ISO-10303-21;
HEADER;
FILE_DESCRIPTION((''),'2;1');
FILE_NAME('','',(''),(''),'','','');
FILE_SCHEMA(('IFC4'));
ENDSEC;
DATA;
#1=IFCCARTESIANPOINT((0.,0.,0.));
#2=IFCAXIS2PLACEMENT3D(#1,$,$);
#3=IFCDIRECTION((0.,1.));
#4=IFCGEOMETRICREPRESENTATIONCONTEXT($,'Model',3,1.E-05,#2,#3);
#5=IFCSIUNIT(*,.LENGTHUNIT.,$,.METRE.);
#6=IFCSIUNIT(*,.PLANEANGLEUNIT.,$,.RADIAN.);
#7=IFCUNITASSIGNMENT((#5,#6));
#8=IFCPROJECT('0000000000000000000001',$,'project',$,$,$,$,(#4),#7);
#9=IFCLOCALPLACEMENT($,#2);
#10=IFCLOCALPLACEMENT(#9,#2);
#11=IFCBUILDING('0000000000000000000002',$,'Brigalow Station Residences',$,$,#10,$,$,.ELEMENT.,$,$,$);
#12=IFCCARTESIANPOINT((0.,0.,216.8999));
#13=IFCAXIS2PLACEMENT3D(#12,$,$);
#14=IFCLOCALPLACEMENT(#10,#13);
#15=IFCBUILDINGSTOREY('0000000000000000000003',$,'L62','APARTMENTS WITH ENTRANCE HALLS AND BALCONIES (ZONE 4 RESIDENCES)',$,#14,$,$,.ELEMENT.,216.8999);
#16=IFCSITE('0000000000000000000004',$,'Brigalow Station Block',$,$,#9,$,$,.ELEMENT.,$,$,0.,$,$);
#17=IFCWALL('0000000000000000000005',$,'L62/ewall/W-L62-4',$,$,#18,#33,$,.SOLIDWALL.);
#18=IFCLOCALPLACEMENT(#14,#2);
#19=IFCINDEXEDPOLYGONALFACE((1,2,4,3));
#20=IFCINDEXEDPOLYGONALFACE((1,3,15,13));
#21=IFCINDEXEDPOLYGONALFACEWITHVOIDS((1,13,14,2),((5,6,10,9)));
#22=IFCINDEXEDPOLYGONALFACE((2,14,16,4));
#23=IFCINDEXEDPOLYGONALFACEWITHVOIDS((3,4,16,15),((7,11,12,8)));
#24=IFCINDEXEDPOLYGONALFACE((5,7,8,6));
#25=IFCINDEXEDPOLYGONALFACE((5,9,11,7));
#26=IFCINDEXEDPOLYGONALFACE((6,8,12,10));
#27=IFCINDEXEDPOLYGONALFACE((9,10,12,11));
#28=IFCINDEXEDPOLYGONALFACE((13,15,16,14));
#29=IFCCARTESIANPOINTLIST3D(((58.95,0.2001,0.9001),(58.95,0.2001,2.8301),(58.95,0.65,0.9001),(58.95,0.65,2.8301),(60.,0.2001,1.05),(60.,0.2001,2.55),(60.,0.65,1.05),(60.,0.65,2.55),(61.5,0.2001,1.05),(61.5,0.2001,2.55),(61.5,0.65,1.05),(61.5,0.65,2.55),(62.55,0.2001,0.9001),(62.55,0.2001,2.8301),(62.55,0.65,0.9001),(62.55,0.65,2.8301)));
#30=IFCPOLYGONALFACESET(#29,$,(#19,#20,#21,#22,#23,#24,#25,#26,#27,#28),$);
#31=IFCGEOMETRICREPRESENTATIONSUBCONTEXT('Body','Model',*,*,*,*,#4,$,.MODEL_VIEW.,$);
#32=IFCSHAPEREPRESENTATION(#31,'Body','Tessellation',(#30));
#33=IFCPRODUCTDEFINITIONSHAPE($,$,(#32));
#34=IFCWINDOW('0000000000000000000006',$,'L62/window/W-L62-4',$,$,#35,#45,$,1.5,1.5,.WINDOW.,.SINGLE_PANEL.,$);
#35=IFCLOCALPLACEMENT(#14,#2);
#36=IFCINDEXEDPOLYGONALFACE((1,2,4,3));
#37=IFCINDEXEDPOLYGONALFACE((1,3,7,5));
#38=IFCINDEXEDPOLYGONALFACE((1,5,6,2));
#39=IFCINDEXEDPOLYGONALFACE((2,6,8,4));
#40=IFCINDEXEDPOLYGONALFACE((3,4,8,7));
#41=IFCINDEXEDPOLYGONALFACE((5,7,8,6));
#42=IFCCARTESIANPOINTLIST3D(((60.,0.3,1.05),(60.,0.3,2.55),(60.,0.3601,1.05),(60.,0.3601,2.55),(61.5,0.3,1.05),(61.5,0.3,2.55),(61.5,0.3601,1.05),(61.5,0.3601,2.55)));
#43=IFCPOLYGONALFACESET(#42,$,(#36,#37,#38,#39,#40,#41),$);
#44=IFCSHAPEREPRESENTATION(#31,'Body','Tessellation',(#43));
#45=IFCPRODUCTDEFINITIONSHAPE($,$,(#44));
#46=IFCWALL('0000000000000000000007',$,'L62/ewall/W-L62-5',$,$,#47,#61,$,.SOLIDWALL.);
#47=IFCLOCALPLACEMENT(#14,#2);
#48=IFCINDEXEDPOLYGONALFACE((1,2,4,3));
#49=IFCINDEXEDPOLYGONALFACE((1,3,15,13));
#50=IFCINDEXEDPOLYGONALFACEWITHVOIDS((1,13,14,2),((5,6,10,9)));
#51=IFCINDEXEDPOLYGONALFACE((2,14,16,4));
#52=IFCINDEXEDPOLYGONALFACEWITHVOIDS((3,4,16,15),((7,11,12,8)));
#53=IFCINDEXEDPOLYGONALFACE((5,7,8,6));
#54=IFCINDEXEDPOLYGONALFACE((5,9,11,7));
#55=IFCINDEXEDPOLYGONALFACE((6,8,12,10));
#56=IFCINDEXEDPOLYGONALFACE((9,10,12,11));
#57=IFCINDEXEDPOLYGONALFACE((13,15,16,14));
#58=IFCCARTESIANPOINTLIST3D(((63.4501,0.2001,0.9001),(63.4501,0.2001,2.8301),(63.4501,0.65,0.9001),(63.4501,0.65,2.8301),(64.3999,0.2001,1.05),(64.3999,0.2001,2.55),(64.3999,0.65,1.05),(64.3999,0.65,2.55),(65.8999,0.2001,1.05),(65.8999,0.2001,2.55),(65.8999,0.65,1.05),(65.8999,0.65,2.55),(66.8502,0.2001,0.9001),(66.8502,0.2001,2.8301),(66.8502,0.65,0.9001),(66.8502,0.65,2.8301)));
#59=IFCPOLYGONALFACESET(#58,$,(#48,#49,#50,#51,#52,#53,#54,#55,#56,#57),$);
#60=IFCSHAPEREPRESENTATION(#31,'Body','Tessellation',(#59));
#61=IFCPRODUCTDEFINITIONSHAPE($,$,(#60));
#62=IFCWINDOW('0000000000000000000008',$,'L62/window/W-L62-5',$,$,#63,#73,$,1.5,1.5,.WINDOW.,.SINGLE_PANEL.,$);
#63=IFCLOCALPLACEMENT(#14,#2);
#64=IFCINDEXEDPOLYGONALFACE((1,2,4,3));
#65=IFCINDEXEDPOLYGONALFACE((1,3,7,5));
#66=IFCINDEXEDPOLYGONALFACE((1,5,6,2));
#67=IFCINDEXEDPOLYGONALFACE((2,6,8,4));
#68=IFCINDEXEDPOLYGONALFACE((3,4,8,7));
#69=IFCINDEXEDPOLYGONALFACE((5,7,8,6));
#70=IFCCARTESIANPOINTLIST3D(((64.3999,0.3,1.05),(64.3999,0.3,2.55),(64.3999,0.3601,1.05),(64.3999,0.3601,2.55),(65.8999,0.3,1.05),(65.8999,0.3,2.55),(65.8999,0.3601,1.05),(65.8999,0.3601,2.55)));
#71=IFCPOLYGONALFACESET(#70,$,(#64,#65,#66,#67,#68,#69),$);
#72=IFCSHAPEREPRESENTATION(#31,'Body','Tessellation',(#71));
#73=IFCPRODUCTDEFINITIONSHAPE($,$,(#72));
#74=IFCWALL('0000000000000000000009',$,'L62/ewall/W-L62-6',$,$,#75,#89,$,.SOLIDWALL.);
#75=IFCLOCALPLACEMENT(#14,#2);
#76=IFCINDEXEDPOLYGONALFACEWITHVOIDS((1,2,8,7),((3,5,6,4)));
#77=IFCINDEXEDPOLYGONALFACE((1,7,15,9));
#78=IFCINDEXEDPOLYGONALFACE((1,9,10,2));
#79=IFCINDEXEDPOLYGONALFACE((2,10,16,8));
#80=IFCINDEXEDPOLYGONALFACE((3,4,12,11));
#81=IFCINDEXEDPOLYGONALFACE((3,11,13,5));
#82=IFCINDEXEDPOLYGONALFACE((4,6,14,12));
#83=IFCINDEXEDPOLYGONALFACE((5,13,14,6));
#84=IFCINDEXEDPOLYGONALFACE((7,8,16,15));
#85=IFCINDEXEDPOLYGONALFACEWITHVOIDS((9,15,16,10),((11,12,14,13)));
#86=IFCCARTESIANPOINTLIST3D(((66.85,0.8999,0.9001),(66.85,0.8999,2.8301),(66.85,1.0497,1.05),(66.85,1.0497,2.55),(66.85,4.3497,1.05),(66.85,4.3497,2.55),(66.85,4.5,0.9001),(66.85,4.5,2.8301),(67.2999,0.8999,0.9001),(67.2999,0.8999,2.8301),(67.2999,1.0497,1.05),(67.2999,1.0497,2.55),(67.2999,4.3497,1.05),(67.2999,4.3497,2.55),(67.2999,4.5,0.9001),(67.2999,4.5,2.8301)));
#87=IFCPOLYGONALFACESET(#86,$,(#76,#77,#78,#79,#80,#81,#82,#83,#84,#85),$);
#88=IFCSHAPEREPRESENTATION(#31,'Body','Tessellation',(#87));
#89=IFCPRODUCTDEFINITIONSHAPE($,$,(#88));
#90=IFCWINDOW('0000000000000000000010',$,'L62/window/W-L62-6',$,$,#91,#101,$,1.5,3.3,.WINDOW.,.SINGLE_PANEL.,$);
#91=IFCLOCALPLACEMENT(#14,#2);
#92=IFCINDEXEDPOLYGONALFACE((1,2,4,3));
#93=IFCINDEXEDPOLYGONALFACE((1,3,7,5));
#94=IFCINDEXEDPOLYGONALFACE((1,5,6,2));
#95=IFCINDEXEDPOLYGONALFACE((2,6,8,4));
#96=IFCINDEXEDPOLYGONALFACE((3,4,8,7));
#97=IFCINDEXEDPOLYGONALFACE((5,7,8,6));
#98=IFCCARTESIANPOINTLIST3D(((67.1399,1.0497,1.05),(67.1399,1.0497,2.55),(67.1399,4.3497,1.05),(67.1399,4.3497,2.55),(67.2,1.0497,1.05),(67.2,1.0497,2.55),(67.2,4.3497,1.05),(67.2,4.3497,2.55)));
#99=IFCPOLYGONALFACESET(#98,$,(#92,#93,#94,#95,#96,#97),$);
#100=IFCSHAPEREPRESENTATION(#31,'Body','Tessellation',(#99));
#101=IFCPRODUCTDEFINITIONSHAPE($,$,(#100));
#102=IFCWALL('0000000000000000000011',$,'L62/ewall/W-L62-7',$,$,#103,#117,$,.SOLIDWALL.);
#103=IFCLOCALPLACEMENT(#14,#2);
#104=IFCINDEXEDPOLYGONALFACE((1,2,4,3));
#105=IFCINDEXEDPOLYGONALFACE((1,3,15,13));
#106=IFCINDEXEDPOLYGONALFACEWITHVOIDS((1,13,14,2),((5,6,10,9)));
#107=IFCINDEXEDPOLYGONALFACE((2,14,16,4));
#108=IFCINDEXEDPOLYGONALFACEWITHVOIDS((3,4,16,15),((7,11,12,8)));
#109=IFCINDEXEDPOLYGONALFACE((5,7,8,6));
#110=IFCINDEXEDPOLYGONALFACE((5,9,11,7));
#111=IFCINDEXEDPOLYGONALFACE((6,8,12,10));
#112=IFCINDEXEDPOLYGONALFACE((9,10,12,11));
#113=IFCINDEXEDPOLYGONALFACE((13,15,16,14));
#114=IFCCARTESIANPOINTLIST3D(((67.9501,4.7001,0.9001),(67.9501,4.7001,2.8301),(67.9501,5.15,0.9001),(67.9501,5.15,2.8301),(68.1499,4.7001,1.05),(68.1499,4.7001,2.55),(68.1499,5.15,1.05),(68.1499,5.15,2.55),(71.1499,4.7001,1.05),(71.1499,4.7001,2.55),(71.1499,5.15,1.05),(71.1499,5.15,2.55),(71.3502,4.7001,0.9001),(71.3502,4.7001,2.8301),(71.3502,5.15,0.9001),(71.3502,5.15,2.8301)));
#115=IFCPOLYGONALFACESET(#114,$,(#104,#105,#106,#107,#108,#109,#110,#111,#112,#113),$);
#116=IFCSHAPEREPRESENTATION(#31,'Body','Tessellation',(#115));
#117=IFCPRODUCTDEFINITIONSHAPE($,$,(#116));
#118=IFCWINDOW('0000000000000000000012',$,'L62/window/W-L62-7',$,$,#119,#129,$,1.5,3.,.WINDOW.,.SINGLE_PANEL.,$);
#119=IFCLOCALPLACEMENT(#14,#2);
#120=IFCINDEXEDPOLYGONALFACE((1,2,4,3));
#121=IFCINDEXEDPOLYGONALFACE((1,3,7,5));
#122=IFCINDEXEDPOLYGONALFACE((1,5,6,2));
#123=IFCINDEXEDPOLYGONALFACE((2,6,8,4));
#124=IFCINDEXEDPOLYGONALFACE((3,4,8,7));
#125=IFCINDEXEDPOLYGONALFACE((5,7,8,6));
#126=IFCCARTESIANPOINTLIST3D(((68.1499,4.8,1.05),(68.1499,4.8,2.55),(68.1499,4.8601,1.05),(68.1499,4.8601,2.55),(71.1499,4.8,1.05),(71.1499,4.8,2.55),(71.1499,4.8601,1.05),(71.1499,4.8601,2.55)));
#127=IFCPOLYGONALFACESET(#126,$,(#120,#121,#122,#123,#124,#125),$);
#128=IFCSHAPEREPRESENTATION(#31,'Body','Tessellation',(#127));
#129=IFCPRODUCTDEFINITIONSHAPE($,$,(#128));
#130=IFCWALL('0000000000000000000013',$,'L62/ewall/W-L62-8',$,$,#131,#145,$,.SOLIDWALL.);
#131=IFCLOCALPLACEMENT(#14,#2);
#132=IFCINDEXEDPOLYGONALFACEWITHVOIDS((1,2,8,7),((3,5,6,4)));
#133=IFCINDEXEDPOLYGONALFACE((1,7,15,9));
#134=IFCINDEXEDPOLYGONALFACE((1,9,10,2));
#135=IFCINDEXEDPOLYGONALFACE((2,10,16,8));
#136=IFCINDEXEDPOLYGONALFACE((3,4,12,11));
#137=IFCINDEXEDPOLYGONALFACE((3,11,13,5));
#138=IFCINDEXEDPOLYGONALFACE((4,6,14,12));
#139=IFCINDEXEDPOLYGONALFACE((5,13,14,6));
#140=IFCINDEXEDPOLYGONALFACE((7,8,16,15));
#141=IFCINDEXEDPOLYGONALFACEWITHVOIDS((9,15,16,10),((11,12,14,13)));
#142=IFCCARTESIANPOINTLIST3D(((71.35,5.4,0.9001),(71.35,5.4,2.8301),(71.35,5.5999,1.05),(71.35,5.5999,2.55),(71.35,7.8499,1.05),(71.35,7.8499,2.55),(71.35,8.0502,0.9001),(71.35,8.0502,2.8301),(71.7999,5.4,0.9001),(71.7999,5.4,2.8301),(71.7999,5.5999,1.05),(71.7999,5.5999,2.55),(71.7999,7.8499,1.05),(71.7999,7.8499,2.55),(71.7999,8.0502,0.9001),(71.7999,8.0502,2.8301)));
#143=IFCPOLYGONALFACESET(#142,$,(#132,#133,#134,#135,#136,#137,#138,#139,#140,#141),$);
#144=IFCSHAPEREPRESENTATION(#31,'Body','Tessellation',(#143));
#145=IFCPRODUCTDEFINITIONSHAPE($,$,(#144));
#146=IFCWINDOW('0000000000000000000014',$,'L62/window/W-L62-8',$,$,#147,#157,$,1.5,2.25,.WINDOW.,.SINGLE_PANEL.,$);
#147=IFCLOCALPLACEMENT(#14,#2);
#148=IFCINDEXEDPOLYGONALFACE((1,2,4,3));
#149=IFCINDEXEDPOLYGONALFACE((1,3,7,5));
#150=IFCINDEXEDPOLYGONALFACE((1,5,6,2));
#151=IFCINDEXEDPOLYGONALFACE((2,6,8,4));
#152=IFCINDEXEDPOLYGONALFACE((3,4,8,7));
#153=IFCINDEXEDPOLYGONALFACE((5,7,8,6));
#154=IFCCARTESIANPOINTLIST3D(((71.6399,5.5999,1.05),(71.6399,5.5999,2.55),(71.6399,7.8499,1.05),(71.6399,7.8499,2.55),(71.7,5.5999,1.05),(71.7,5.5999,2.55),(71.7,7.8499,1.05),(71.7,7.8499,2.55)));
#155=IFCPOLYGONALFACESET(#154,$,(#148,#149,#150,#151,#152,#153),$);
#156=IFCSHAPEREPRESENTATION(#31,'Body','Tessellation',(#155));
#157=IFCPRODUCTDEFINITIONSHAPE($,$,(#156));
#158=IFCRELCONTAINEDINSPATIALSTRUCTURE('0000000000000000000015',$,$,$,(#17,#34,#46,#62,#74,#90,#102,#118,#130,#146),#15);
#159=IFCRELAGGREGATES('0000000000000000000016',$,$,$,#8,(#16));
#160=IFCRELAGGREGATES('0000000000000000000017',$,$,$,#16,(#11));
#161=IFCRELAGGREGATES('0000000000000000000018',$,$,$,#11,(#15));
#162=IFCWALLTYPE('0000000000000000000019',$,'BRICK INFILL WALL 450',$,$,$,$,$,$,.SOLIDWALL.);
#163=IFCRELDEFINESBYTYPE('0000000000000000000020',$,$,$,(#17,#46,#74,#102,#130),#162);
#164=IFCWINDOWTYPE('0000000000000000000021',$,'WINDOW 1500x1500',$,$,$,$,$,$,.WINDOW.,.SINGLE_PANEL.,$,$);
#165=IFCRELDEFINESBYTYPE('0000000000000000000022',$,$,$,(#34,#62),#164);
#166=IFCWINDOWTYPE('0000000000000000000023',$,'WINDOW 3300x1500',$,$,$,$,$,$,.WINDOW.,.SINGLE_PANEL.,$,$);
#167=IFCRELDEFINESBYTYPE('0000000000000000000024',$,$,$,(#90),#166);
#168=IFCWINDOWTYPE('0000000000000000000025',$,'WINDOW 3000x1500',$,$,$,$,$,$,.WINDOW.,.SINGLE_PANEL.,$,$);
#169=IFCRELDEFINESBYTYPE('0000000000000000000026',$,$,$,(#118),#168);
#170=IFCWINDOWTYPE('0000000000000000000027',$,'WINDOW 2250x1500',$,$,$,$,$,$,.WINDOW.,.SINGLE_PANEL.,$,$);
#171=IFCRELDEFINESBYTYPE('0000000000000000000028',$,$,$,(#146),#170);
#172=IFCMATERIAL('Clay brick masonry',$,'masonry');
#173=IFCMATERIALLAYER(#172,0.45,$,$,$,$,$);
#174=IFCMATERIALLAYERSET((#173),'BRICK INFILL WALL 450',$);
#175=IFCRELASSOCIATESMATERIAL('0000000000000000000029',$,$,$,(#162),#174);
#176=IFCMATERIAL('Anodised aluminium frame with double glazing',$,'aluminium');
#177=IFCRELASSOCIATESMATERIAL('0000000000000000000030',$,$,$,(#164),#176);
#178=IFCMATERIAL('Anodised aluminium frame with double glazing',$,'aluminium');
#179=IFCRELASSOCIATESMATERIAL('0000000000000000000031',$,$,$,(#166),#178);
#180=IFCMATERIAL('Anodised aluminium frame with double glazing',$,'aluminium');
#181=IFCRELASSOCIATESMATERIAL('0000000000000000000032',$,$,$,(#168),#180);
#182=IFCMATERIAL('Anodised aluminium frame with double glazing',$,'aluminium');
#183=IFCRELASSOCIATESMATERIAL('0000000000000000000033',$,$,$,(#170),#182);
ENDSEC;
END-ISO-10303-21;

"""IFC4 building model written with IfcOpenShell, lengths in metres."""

from ifc_helpers import new_model, si_unit, direction, frame, frame_2d, origin, place, context, subcontext, project, spatial, rectangle, extrude, material, layer, layer_set, type_object, element, fill, save


model = new_model("IFC4")

# Units and contexts
model_context = context("Model", 3, precision=1e-05, world=origin(), true_north=direction((0.0, 1.0)))
body_context = subcontext(model_context, "Body", "Model", "MODEL_VIEW")
ifc_project = project(units=[si_unit("LENGTHUNIT", "METRE"), si_unit("PLANEANGLEUNIT", "RADIAN")], contexts=[model_context])

# Site, building, storey
site_placement = place(None, origin())
site = spatial("IfcSite", under=ifc_project, at=site_placement, Name="Brigalow Station Block", CompositionType="ELEMENT", RefElevation=0.0)
building_placement = place(site_placement, origin())
building = spatial("IfcBuilding", under=site, at=building_placement, Name="Brigalow Station Residences", CompositionType="ELEMENT")
storey_placement = place(building_placement, frame((0.0, 0.0, 216.8999)))
storey = spatial("IfcBuildingStorey", under=building, at=storey_placement, Name="L62", Description="APARTMENTS WITH ENTRANCE HALLS AND BALCONIES (ZONE 4 RESIDENCES)", CompositionType="ELEMENT", Elevation=216.8999)

# Walls, openings, windows
ifc_material_1 = material(Name="Clay brick masonry", Category="masonry")
ifc_layer_1 = layer(ifc_material_1, 0.45)
ifc_layer_set_1 = layer_set([ifc_layer_1], Name="BRICK INFILL WALL 450")
wall_type_1 = type_object("IfcWallType", Name="BRICK INFILL WALL 450", PredefinedType="SOLIDWALL", material=ifc_layer_set_1)
ifc_material_2 = material(Name="Anodised aluminium frame with double glazing", Category="aluminium")
window_type_1 = type_object("IfcWindowType", Name="WINDOW 1500x1500", PartitioningType="SINGLE_PANEL", PredefinedType="WINDOW", material=ifc_material_2)
wall_1_placement = place(storey_placement, frame((58.95, 0.425, 0.9001), z_axis=(0.0, 0.0, 1.0), x_axis=(1.0, 0.0, 0.0)))
wall_1 = element("IfcWall", 1, at=wall_1_placement, inside=storey, type_object=wall_type_1, Name="L62/ewall/W-L62-4", PredefinedType="SOLIDWALL", context=body_context, shape_type="SweptSolid", body=[
    extrude(rectangle(XDim=3.6001, YDim=0.45, at=frame_2d((1.8, 0.0))), origin(), (0.0, 0.0, 1.0), 1.9299),
])
opening_1_placement = place(wall_1_placement, frame((1.05, 0.0, 0.1499)))
opening_1 = element("IfcOpeningElement", 2, at=opening_1_placement, cuts=wall_1, PredefinedType="OPENING", context=body_context, shape_type="SweptSolid", body=[
    extrude(rectangle(XDim=1.5, YDim=1.5, at=frame_2d((0.75, 0.75))), frame((0.0, 0.2349, 0.0), z_axis=(0.0, -1.0, 0.0), x_axis=(1.0, 0.0, 0.0)), (0.0, 0.0, 1.0), 0.47),
])
window_1_placement = place(opening_1_placement, origin())
window_1 = element("IfcWindow", 3, at=window_1_placement, inside=storey, type_object=window_type_1, Name="L62/window/W-L62-4", OverallHeight=1.5, OverallWidth=1.5, PartitioningType="SINGLE_PANEL", PredefinedType="WINDOW", context=body_context, shape_type="SweptSolid", body=[
    extrude(rectangle(XDim=1.5, YDim=1.5, at=frame_2d((0.75, 0.75))), frame((0.0, -0.0649, 0.0), z_axis=(0.0, -1.0, 0.0), x_axis=(1.0, 0.0, 0.0)), (0.0, 0.0, 1.0), 0.0601),
])
fill(opening_1, window_1)
wall_2_placement = place(storey_placement, frame((63.45, 0.425, 0.9001), z_axis=(0.0, 0.0, 1.0), x_axis=(1.0, 0.0, 0.0)))
wall_2 = element("IfcWall", 4, at=wall_2_placement, inside=storey, type_object=wall_type_1, Name="L62/ewall/W-L62-5", PredefinedType="SOLIDWALL", context=body_context, shape_type="SweptSolid", body=[
    extrude(rectangle(XDim=3.4001, YDim=0.45, at=frame_2d((1.7002, 0.0))), origin(), (0.0, 0.0, 1.0), 1.9299),
])
opening_2_placement = place(wall_2_placement, frame((0.95, 0.0, 0.1499)))
opening_2 = element("IfcOpeningElement", 5, at=opening_2_placement, cuts=wall_2, PredefinedType="OPENING", context=body_context, shape_type="SweptSolid", body=[
    extrude(rectangle(XDim=1.5, YDim=1.5, at=frame_2d((0.75, 0.75))), frame((0.0, 0.2349, 0.0), z_axis=(0.0, -1.0, 0.0), x_axis=(1.0, 0.0, 0.0)), (0.0, 0.0, 1.0), 0.47),
])
window_2_placement = place(opening_2_placement, origin())
window_2 = element("IfcWindow", 6, at=window_2_placement, inside=storey, type_object=window_type_1, Name="L62/window/W-L62-5", OverallHeight=1.5, OverallWidth=1.5, PartitioningType="SINGLE_PANEL", PredefinedType="WINDOW", context=body_context, shape_type="SweptSolid", body=[
    extrude(rectangle(XDim=1.5, YDim=1.5, at=frame_2d((0.75, 0.75))), frame((0.0, -0.0649, 0.0), z_axis=(0.0, -1.0, 0.0), x_axis=(1.0, 0.0, 0.0)), (0.0, 0.0, 1.0), 0.0601),
])
fill(opening_2, window_2)
wall_3_placement = place(storey_placement, frame((67.075, 0.8999, 0.9001), z_axis=(0.0, 0.0, 1.0), x_axis=(0.0, 1.0, 0.0)))
wall_3 = element("IfcWall", 7, at=wall_3_placement, inside=storey, type_object=wall_type_1, Name="L62/ewall/W-L62-6", PredefinedType="SOLIDWALL", context=body_context, shape_type="SweptSolid", body=[
    extrude(rectangle(XDim=3.6001, YDim=0.45, at=frame_2d((1.8, 0.0))), origin(), (0.0, 0.0, 1.0), 1.9299),
])
opening_3_placement = place(wall_3_placement, frame((0.1499, 0.0, 0.1499)))
opening_3 = element("IfcOpeningElement", 8, at=opening_3_placement, cuts=wall_3, PredefinedType="OPENING", context=body_context, shape_type="SweptSolid", body=[
    extrude(rectangle(XDim=3.3, YDim=1.5, at=frame_2d((1.6499, 0.75))), frame((0.0, 0.2349, 0.0), z_axis=(0.0, -1.0, 0.0), x_axis=(1.0, 0.0, 0.0)), (0.0, 0.0, 1.0), 0.47),
])
ifc_material_3 = material(Name="Anodised aluminium frame with double glazing", Category="aluminium")
window_type_2 = type_object("IfcWindowType", Name="WINDOW 3300x1500", PartitioningType="SINGLE_PANEL", PredefinedType="WINDOW", material=ifc_material_3)
window_3_placement = place(opening_3_placement, origin())
window_3 = element("IfcWindow", 9, at=window_3_placement, inside=storey, type_object=window_type_2, Name="L62/window/W-L62-6", OverallHeight=1.5, OverallWidth=3.3, PartitioningType="SINGLE_PANEL", PredefinedType="WINDOW", context=body_context, shape_type="SweptSolid", body=[
    extrude(rectangle(XDim=3.3, YDim=1.5, at=frame_2d((1.6499, 0.75))), frame((0.0, -0.0649, 0.0), z_axis=(0.0, -1.0, 0.0), x_axis=(1.0, 0.0, 0.0)), (0.0, 0.0, 1.0), 0.0601),
])
fill(opening_3, window_3)
wall_4_placement = place(storey_placement, frame((67.95, 4.925, 0.9001), z_axis=(0.0, 0.0, 1.0), x_axis=(1.0, 0.0, 0.0)))
wall_4 = element("IfcWall", 10, at=wall_4_placement, inside=storey, type_object=wall_type_1, Name="L62/ewall/W-L62-7", PredefinedType="SOLIDWALL", context=body_context, shape_type="SweptSolid", body=[
    extrude(rectangle(XDim=3.4001, YDim=0.45, at=frame_2d((1.7002, 0.0))), origin(), (0.0, 0.0, 1.0), 1.9299),
])
opening_4_placement = place(wall_4_placement, frame((0.2, 0.0, 0.1499)))
opening_4 = element("IfcOpeningElement", 11, at=opening_4_placement, cuts=wall_4, PredefinedType="OPENING", context=body_context, shape_type="SweptSolid", body=[
    extrude(rectangle(XDim=3.0, YDim=1.5, at=frame_2d((1.5, 0.75))), frame((0.0, 0.2349, 0.0), z_axis=(0.0, -1.0, 0.0), x_axis=(1.0, 0.0, 0.0)), (0.0, 0.0, 1.0), 0.47),
])
ifc_material_4 = material(Name="Anodised aluminium frame with double glazing", Category="aluminium")
window_type_3 = type_object("IfcWindowType", Name="WINDOW 3000x1500", PartitioningType="SINGLE_PANEL", PredefinedType="WINDOW", material=ifc_material_4)
window_4_placement = place(opening_4_placement, origin())
window_4 = element("IfcWindow", 12, at=window_4_placement, inside=storey, type_object=window_type_3, Name="L62/window/W-L62-7", OverallHeight=1.5, OverallWidth=3.0, PartitioningType="SINGLE_PANEL", PredefinedType="WINDOW", context=body_context, shape_type="SweptSolid", body=[
    extrude(rectangle(XDim=3.0, YDim=1.5, at=frame_2d((1.5, 0.75))), frame((0.0, -0.0649, 0.0), z_axis=(0.0, -1.0, 0.0), x_axis=(1.0, 0.0, 0.0)), (0.0, 0.0, 1.0), 0.0601),
])
fill(opening_4, window_4)
wall_5_placement = place(storey_placement, frame((71.575, 5.3999, 0.9001), z_axis=(0.0, 0.0, 1.0), x_axis=(0.0, 1.0, 0.0)))
wall_5 = element("IfcWall", 13, at=wall_5_placement, inside=storey, type_object=wall_type_1, Name="L62/ewall/W-L62-8", PredefinedType="SOLIDWALL", context=body_context, shape_type="SweptSolid", body=[
    extrude(rectangle(XDim=2.6501, YDim=0.45, at=frame_2d((1.3252, 0.0))), origin(), (0.0, 0.0, 1.0), 1.9299),
])
opening_5_placement = place(wall_5_placement, frame((0.2, 0.0, 0.1499)))
opening_5 = element("IfcOpeningElement", 14, at=opening_5_placement, cuts=wall_5, PredefinedType="OPENING", context=body_context, shape_type="SweptSolid", body=[
    extrude(rectangle(XDim=2.25, YDim=1.5, at=frame_2d((1.125, 0.75))), frame((0.0, 0.2349, 0.0), z_axis=(0.0, -1.0, 0.0), x_axis=(1.0, 0.0, 0.0)), (0.0, 0.0, 1.0), 0.47),
])
ifc_material_5 = material(Name="Anodised aluminium frame with double glazing", Category="aluminium")
window_type_4 = type_object("IfcWindowType", Name="WINDOW 2250x1500", PartitioningType="SINGLE_PANEL", PredefinedType="WINDOW", material=ifc_material_5)
window_5_placement = place(opening_5_placement, origin())
window_5 = element("IfcWindow", 15, at=window_5_placement, inside=storey, type_object=window_type_4, Name="L62/window/W-L62-8", OverallHeight=1.5, OverallWidth=2.25, PartitioningType="SINGLE_PANEL", PredefinedType="WINDOW", context=body_context, shape_type="SweptSolid", body=[
    extrude(rectangle(XDim=2.25, YDim=1.5, at=frame_2d((1.125, 0.75))), frame((0.0, -0.0649, 0.0), z_axis=(0.0, -1.0, 0.0), x_axis=(1.0, 0.0, 0.0)), (0.0, 0.0, 1.0), 0.0601),
])
fill(opening_5, window_5)

save(model, "model.ifc")
